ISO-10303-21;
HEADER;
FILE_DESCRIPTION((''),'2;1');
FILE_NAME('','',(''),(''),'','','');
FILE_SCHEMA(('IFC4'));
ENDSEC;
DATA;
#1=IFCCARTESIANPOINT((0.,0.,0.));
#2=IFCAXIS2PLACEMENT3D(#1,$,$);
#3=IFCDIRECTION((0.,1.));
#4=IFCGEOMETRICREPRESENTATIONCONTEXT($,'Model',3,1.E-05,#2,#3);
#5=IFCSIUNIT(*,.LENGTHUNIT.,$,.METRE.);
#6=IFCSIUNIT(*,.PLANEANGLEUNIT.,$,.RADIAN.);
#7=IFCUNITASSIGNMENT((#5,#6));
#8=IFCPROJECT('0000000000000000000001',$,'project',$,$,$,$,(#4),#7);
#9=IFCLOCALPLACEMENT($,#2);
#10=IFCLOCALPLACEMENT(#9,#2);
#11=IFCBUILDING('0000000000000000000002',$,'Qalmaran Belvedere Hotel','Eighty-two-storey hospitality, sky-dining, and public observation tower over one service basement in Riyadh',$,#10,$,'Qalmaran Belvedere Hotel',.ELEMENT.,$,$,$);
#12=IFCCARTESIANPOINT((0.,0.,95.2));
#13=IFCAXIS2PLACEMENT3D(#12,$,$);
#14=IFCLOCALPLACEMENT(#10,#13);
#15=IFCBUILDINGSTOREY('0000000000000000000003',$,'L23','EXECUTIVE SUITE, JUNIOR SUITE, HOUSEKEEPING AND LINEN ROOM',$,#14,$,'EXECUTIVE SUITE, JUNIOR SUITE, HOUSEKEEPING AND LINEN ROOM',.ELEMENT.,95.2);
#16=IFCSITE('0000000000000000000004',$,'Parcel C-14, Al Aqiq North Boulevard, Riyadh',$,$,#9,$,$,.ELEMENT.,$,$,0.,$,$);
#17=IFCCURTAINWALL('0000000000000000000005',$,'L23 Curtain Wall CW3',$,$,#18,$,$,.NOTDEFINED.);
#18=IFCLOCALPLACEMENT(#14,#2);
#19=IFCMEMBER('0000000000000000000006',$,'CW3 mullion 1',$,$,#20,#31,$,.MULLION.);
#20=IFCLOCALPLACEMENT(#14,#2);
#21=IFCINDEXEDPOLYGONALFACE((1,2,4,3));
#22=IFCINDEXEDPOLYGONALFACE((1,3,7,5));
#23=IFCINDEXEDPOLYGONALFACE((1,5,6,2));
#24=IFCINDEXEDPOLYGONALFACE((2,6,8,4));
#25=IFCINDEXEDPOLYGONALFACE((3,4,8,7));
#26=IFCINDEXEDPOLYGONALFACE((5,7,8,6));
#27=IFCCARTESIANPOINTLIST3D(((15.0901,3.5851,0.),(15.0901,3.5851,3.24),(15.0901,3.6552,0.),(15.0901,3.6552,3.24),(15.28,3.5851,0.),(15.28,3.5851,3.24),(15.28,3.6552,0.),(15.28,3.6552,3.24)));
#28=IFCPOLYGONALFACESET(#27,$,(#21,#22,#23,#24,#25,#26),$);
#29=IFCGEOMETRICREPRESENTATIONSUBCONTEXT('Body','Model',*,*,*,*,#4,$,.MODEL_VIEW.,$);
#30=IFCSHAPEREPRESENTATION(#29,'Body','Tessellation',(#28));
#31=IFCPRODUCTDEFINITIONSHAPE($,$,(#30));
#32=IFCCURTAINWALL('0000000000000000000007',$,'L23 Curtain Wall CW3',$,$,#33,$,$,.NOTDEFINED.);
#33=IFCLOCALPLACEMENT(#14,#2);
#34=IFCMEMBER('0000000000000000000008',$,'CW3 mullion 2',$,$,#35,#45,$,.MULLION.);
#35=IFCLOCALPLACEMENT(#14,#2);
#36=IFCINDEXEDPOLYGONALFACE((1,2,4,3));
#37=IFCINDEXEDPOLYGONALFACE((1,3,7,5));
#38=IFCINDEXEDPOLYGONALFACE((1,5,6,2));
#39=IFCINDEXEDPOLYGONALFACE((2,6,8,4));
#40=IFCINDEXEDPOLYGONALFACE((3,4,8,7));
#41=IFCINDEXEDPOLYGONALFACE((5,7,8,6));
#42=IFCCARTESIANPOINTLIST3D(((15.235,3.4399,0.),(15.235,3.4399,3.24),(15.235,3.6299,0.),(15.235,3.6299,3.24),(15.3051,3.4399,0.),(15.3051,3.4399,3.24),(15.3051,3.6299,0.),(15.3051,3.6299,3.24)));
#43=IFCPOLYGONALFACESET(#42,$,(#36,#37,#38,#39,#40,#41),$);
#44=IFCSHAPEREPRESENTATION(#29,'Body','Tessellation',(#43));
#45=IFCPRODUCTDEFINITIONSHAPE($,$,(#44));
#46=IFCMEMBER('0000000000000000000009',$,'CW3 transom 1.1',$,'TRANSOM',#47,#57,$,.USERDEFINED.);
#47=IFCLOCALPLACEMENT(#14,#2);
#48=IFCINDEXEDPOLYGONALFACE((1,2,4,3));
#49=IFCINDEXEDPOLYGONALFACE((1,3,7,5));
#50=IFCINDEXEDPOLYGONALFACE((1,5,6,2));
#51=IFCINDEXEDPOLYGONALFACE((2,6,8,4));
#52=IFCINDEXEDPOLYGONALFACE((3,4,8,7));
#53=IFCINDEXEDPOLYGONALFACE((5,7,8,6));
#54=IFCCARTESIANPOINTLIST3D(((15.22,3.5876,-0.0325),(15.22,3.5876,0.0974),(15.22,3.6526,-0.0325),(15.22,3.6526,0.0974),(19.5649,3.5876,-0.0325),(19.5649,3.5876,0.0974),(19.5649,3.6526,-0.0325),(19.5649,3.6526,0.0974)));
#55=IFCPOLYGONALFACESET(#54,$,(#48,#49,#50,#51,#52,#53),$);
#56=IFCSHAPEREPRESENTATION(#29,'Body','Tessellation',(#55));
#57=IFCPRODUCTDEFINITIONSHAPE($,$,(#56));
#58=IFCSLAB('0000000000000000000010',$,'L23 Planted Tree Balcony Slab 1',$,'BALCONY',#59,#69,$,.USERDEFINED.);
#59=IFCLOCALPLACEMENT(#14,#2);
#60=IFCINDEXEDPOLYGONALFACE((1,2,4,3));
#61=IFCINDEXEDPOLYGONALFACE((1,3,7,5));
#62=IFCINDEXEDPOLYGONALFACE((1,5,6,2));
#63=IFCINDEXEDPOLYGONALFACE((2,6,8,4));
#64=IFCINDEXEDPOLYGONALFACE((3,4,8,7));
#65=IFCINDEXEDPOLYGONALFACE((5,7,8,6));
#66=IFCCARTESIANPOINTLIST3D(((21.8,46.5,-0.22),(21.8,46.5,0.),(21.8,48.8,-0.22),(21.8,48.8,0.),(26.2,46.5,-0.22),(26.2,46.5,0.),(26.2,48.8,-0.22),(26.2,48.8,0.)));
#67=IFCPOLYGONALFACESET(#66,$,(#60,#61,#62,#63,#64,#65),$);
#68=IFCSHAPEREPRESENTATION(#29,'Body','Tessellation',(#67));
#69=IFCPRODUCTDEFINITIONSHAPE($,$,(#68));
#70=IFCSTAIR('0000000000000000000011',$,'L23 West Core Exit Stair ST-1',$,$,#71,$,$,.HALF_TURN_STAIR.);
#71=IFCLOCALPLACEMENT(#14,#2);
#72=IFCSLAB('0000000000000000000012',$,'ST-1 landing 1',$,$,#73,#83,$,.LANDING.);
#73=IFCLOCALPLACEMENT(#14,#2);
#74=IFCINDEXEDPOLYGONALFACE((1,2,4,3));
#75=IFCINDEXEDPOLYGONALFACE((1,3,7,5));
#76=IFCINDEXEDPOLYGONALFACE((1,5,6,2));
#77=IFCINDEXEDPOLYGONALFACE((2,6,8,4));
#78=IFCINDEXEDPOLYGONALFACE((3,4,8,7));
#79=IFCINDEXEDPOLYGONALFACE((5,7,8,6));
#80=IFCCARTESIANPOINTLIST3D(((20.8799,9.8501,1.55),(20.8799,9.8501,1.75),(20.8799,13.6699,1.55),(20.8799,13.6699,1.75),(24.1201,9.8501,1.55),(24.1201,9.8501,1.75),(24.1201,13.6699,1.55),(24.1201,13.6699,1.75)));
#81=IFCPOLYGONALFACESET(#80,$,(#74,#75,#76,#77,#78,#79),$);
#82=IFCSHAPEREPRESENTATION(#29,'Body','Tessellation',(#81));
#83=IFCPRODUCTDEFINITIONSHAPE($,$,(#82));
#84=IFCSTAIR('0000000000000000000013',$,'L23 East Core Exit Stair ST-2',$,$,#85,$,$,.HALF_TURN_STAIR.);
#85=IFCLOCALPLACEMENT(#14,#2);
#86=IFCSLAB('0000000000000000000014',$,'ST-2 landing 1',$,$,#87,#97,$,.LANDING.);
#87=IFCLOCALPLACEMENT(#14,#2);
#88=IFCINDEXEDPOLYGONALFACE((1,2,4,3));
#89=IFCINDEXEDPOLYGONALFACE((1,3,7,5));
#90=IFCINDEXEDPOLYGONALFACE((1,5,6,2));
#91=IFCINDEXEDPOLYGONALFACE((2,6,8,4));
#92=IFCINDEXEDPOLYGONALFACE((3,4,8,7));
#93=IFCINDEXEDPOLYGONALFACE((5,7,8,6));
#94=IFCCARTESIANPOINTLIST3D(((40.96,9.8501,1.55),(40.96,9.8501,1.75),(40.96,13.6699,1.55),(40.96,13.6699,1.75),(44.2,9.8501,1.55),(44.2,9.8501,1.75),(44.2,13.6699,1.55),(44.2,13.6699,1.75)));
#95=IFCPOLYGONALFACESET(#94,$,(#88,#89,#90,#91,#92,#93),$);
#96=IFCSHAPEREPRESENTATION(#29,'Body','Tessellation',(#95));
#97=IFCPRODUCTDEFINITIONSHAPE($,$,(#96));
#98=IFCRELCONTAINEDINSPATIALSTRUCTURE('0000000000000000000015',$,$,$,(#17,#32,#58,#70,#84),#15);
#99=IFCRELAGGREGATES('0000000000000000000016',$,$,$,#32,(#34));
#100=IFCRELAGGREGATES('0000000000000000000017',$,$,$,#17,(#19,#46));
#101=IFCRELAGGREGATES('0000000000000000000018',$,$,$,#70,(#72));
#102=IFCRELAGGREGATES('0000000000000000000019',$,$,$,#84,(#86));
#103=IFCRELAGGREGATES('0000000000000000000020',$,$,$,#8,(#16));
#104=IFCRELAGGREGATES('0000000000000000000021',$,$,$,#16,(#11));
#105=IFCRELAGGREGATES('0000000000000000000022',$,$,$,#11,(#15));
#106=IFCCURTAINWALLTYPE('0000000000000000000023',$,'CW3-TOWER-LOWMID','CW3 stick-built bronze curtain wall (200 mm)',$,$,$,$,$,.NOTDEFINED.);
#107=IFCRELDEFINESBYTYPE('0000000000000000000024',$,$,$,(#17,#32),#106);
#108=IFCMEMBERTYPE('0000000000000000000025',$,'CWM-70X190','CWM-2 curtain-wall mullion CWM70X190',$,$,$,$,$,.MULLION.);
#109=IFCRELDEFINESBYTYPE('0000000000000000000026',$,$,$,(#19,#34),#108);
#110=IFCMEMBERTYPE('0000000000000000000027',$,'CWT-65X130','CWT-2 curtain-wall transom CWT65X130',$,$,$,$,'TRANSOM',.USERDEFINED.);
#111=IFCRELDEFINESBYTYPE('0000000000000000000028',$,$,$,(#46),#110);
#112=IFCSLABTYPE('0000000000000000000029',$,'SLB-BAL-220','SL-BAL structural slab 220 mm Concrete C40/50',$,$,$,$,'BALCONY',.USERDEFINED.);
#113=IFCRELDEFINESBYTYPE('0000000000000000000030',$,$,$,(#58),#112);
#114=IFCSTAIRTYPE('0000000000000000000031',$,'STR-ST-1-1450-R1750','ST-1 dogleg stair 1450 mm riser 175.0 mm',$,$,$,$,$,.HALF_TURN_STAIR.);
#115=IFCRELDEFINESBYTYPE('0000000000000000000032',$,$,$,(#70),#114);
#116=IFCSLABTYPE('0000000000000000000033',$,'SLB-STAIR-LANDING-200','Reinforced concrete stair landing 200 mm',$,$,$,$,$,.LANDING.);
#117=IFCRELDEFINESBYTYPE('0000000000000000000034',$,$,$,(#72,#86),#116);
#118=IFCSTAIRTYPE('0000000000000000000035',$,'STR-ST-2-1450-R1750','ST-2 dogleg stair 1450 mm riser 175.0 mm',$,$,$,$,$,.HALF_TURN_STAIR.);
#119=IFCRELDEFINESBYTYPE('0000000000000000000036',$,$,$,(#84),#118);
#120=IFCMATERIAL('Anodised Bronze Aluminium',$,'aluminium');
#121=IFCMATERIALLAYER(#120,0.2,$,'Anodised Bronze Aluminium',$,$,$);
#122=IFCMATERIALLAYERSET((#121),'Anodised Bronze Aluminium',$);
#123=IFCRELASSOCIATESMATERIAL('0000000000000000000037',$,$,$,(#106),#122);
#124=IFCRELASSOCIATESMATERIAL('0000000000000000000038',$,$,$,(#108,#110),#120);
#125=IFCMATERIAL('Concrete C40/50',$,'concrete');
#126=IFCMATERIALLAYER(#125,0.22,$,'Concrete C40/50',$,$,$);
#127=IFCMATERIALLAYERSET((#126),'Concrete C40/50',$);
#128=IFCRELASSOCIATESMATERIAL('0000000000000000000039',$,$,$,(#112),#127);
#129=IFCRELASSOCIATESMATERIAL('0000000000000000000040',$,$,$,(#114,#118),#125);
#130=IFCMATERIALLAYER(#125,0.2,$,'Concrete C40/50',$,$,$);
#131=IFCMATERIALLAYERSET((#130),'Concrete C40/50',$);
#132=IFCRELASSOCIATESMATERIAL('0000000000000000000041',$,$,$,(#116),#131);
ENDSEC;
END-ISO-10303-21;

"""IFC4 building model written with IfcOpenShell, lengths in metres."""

from ifc_helpers import new_model, si_unit, direction, frame, origin, origin_2d, place, context, subcontext, project, spatial, polyline, rectangle, outline, extrude, material, layer, layer_set, material_profile, profile_set, type_object, element, aggregate, save


model = new_model("IFC4")

# Units and contexts
model_context = context("Model", 3, precision=1e-05, world=origin(), true_north=direction((0.0, 1.0)))
body_context = subcontext(model_context, "Body", "Model", "MODEL_VIEW")
ifc_project = project(units=[si_unit("LENGTHUNIT", "METRE"), si_unit("PLANEANGLEUNIT", "RADIAN")], contexts=[model_context])

# Site, building, storey
site_placement = place(None, origin())
site = spatial("IfcSite", under=ifc_project, at=site_placement, Name="Parcel C-14, Al Aqiq North Boulevard, Riyadh", CompositionType="ELEMENT", RefElevation=0.0)
building_placement = place(site_placement, origin())
building = spatial("IfcBuilding", under=site, at=building_placement, Name="Qalmaran Belvedere Hotel", Description="Eighty-two-storey hospitality, sky-dining, and public observation tower over one service basement in Riyadh", LongName="Qalmaran Belvedere Hotel", CompositionType="ELEMENT")
storey_placement = place(building_placement, frame((0.0, 0.0, 95.2)))
storey = spatial("IfcBuildingStorey", under=building, at=storey_placement, Name="L23", Description="EXECUTIVE SUITE, JUNIOR SUITE, HOUSEKEEPING AND LINEN ROOM", LongName="EXECUTIVE SUITE, JUNIOR SUITE, HOUSEKEEPING AND LINEN ROOM", CompositionType="ELEMENT", Elevation=95.2)

# Curtain walls, members
ifc_material_1 = material(Name="Anodised Bronze Aluminium", Category="aluminium")
ifc_layer_1 = layer(ifc_material_1, 0.2, Name="Anodised Bronze Aluminium")
ifc_layer_set_1 = layer_set([ifc_layer_1], Name="Anodised Bronze Aluminium")
curtain_wall_type = type_object("IfcCurtainWallType", Name="CW3-TOWER-LOWMID", Description="CW3 stick-built bronze curtain wall (200 mm)", PredefinedType="NOTDEFINED", material=ifc_layer_set_1)
curtain_wall_1_placement = place(storey_placement, origin())
curtain_wall_1 = element("IfcCurtainWall", 1, at=curtain_wall_1_placement, inside=storey, type_object=curtain_wall_type, Name="L23 Curtain Wall CW3", PredefinedType="NOTDEFINED")
ifc_material_profile_1 = material_profile(ifc_material_1, rectangle(XDim=0.0701, YDim=0.1899, at=origin_2d()), Name="CWM70X190")
ifc_profile_set_1 = profile_set([ifc_material_profile_1], Name="Anodised Bronze Aluminium")
member_type_1 = type_object("IfcMemberType", Name="CWM-70X190", Description="CWM-2 curtain-wall mullion CWM70X190", PredefinedType="MULLION", material=ifc_profile_set_1)
member_1_placement = place(storey_placement, frame((15.1851, 3.6201, 0.0), z_axis=(0.0, 0.0, 1.0), x_axis=(0.0, 1.0, 0.0)))
member_1 = element("IfcMember", 2, at=member_1_placement, type_object=member_type_1, Name="CW3 mullion 1", PredefinedType="MULLION", context=body_context, shape_type="SweptSolid", body=[
    extrude(rectangle(XDim=0.0701, YDim=0.1899, at=origin_2d()), origin(), (0.0, 0.0, 1.0), 3.24),
])
curtain_wall_2_placement = place(storey_placement, origin())
curtain_wall_2 = element("IfcCurtainWall", 3, at=curtain_wall_2_placement, inside=storey, type_object=curtain_wall_type, Name="L23 Curtain Wall CW3", PredefinedType="NOTDEFINED")
member_2_placement = place(storey_placement, frame((15.27, 3.5349, 0.0), z_axis=(0.0, 0.0, 1.0), x_axis=(1.0, 0.0, 0.0)))
member_2 = element("IfcMember", 4, at=member_2_placement, type_object=member_type_1, Name="CW3 mullion 2", PredefinedType="MULLION", context=body_context, shape_type="SweptSolid", body=[
    extrude(rectangle(XDim=0.0701, YDim=0.1899, at=origin_2d()), origin(), (0.0, 0.0, 1.0), 3.24),
])
aggregate(curtain_wall_2, [member_2])

# Member
ifc_material_profile_2 = material_profile(ifc_material_1, rectangle(XDim=0.0649, YDim=0.1299, at=origin_2d()), Name="CWT65X130")
ifc_profile_set_2 = profile_set([ifc_material_profile_2], Name="Anodised Bronze Aluminium")
member_type_2 = type_object("IfcMemberType", Name="CWT-65X130", Description="CWT-2 curtain-wall transom CWT65X130", ElementType="TRANSOM", PredefinedType="USERDEFINED", material=ifc_profile_set_2)
member_3_placement = place(storey_placement, frame((15.22, 3.6201, 0.0325), z_axis=(1.0, 0.0, 0.0), x_axis=(0.0, 1.0, 0.0)))
member_3 = element("IfcMember", 5, at=member_3_placement, type_object=member_type_2, Name="CW3 transom 1.1", ObjectType="TRANSOM", PredefinedType="USERDEFINED", context=body_context, shape_type="SweptSolid", body=[
    extrude(rectangle(XDim=0.0649, YDim=0.1299, at=origin_2d()), origin(), (0.0, 0.0, 1.0), 4.345),
])
aggregate(curtain_wall_1, [member_1, member_3])

# Slab
ifc_material_2 = material(Name="Concrete C40/50", Category="concrete")
ifc_layer_2 = layer(ifc_material_2, 0.22, Name="Concrete C40/50")
ifc_layer_set_2 = layer_set([ifc_layer_2], Name="Concrete C40/50")
slab_type_1 = type_object("IfcSlabType", Name="SLB-BAL-220", Description="SL-BAL structural slab 220 mm Concrete C40/50", ElementType="BALCONY", PredefinedType="USERDEFINED", material=ifc_layer_set_2)
slab_1_placement = place(storey_placement, frame((0.0, 0.0, -0.22)))
element("IfcSlab", 6, at=slab_1_placement, inside=storey, type_object=slab_type_1, Name="L23 Planted Tree Balcony Slab 1", ObjectType="BALCONY", PredefinedType="USERDEFINED", context=body_context, shape_type="SweptSolid", body=[
    extrude(outline(polyline([(21.8, 46.5), (26.2, 46.5), (26.2, 48.8), (21.8, 48.8), (21.8, 46.5)])), origin(), (0.0, 0.0, 1.0), 0.22),
])

# Stairs, slabs
stair_type_1 = type_object("IfcStairType", Name="STR-ST-1-1450-R1750", Description="ST-1 dogleg stair 1450 mm riser 175.0 mm", PredefinedType="HALF_TURN_STAIR", material=ifc_material_2)
stair_1_placement = place(storey_placement, origin())
stair_1 = element("IfcStair", 7, at=stair_1_placement, inside=storey, type_object=stair_type_1, Name="L23 West Core Exit Stair ST-1", PredefinedType="HALF_TURN_STAIR")
ifc_layer_3 = layer(ifc_material_2, 0.2, Name="Concrete C40/50")
ifc_layer_set_3 = layer_set([ifc_layer_3], Name="Concrete C40/50")
slab_type_2 = type_object("IfcSlabType", Name="SLB-STAIR-LANDING-200", Description="Reinforced concrete stair landing 200 mm", PredefinedType="LANDING", material=ifc_layer_set_3)
slab_2_placement = place(storey_placement, frame((0.0, 0.0, 1.55)))
slab_2 = element("IfcSlab", 8, at=slab_2_placement, type_object=slab_type_2, Name="ST-1 landing 1", PredefinedType="LANDING", context=body_context, shape_type="SweptSolid", body=[
    extrude(outline(polyline([(20.8799, 13.6699), (20.8799, 9.8501), (24.1201, 9.8501), (24.1201, 13.6699), (20.8799, 13.6699)])), origin(), (0.0, 0.0, 1.0), 0.2),
])
aggregate(stair_1, [slab_2])
stair_type_2 = type_object("IfcStairType", Name="STR-ST-2-1450-R1750", Description="ST-2 dogleg stair 1450 mm riser 175.0 mm", PredefinedType="HALF_TURN_STAIR", material=ifc_material_2)
stair_2_placement = place(storey_placement, origin())
stair_2 = element("IfcStair", 9, at=stair_2_placement, inside=storey, type_object=stair_type_2, Name="L23 East Core Exit Stair ST-2", PredefinedType="HALF_TURN_STAIR")
slab_3_placement = place(storey_placement, frame((0.0, 0.0, 1.55)))
slab_3 = element("IfcSlab", 10, at=slab_3_placement, type_object=slab_type_2, Name="ST-2 landing 1", PredefinedType="LANDING", context=body_context, shape_type="SweptSolid", body=[
    extrude(outline(polyline([(40.96, 13.6699), (40.96, 9.8501), (44.2, 9.8501), (44.2, 13.6699), (40.96, 13.6699)])), origin(), (0.0, 0.0, 1.0), 0.2),
])
aggregate(stair_2, [slab_3])

save(model, "model.ifc")
